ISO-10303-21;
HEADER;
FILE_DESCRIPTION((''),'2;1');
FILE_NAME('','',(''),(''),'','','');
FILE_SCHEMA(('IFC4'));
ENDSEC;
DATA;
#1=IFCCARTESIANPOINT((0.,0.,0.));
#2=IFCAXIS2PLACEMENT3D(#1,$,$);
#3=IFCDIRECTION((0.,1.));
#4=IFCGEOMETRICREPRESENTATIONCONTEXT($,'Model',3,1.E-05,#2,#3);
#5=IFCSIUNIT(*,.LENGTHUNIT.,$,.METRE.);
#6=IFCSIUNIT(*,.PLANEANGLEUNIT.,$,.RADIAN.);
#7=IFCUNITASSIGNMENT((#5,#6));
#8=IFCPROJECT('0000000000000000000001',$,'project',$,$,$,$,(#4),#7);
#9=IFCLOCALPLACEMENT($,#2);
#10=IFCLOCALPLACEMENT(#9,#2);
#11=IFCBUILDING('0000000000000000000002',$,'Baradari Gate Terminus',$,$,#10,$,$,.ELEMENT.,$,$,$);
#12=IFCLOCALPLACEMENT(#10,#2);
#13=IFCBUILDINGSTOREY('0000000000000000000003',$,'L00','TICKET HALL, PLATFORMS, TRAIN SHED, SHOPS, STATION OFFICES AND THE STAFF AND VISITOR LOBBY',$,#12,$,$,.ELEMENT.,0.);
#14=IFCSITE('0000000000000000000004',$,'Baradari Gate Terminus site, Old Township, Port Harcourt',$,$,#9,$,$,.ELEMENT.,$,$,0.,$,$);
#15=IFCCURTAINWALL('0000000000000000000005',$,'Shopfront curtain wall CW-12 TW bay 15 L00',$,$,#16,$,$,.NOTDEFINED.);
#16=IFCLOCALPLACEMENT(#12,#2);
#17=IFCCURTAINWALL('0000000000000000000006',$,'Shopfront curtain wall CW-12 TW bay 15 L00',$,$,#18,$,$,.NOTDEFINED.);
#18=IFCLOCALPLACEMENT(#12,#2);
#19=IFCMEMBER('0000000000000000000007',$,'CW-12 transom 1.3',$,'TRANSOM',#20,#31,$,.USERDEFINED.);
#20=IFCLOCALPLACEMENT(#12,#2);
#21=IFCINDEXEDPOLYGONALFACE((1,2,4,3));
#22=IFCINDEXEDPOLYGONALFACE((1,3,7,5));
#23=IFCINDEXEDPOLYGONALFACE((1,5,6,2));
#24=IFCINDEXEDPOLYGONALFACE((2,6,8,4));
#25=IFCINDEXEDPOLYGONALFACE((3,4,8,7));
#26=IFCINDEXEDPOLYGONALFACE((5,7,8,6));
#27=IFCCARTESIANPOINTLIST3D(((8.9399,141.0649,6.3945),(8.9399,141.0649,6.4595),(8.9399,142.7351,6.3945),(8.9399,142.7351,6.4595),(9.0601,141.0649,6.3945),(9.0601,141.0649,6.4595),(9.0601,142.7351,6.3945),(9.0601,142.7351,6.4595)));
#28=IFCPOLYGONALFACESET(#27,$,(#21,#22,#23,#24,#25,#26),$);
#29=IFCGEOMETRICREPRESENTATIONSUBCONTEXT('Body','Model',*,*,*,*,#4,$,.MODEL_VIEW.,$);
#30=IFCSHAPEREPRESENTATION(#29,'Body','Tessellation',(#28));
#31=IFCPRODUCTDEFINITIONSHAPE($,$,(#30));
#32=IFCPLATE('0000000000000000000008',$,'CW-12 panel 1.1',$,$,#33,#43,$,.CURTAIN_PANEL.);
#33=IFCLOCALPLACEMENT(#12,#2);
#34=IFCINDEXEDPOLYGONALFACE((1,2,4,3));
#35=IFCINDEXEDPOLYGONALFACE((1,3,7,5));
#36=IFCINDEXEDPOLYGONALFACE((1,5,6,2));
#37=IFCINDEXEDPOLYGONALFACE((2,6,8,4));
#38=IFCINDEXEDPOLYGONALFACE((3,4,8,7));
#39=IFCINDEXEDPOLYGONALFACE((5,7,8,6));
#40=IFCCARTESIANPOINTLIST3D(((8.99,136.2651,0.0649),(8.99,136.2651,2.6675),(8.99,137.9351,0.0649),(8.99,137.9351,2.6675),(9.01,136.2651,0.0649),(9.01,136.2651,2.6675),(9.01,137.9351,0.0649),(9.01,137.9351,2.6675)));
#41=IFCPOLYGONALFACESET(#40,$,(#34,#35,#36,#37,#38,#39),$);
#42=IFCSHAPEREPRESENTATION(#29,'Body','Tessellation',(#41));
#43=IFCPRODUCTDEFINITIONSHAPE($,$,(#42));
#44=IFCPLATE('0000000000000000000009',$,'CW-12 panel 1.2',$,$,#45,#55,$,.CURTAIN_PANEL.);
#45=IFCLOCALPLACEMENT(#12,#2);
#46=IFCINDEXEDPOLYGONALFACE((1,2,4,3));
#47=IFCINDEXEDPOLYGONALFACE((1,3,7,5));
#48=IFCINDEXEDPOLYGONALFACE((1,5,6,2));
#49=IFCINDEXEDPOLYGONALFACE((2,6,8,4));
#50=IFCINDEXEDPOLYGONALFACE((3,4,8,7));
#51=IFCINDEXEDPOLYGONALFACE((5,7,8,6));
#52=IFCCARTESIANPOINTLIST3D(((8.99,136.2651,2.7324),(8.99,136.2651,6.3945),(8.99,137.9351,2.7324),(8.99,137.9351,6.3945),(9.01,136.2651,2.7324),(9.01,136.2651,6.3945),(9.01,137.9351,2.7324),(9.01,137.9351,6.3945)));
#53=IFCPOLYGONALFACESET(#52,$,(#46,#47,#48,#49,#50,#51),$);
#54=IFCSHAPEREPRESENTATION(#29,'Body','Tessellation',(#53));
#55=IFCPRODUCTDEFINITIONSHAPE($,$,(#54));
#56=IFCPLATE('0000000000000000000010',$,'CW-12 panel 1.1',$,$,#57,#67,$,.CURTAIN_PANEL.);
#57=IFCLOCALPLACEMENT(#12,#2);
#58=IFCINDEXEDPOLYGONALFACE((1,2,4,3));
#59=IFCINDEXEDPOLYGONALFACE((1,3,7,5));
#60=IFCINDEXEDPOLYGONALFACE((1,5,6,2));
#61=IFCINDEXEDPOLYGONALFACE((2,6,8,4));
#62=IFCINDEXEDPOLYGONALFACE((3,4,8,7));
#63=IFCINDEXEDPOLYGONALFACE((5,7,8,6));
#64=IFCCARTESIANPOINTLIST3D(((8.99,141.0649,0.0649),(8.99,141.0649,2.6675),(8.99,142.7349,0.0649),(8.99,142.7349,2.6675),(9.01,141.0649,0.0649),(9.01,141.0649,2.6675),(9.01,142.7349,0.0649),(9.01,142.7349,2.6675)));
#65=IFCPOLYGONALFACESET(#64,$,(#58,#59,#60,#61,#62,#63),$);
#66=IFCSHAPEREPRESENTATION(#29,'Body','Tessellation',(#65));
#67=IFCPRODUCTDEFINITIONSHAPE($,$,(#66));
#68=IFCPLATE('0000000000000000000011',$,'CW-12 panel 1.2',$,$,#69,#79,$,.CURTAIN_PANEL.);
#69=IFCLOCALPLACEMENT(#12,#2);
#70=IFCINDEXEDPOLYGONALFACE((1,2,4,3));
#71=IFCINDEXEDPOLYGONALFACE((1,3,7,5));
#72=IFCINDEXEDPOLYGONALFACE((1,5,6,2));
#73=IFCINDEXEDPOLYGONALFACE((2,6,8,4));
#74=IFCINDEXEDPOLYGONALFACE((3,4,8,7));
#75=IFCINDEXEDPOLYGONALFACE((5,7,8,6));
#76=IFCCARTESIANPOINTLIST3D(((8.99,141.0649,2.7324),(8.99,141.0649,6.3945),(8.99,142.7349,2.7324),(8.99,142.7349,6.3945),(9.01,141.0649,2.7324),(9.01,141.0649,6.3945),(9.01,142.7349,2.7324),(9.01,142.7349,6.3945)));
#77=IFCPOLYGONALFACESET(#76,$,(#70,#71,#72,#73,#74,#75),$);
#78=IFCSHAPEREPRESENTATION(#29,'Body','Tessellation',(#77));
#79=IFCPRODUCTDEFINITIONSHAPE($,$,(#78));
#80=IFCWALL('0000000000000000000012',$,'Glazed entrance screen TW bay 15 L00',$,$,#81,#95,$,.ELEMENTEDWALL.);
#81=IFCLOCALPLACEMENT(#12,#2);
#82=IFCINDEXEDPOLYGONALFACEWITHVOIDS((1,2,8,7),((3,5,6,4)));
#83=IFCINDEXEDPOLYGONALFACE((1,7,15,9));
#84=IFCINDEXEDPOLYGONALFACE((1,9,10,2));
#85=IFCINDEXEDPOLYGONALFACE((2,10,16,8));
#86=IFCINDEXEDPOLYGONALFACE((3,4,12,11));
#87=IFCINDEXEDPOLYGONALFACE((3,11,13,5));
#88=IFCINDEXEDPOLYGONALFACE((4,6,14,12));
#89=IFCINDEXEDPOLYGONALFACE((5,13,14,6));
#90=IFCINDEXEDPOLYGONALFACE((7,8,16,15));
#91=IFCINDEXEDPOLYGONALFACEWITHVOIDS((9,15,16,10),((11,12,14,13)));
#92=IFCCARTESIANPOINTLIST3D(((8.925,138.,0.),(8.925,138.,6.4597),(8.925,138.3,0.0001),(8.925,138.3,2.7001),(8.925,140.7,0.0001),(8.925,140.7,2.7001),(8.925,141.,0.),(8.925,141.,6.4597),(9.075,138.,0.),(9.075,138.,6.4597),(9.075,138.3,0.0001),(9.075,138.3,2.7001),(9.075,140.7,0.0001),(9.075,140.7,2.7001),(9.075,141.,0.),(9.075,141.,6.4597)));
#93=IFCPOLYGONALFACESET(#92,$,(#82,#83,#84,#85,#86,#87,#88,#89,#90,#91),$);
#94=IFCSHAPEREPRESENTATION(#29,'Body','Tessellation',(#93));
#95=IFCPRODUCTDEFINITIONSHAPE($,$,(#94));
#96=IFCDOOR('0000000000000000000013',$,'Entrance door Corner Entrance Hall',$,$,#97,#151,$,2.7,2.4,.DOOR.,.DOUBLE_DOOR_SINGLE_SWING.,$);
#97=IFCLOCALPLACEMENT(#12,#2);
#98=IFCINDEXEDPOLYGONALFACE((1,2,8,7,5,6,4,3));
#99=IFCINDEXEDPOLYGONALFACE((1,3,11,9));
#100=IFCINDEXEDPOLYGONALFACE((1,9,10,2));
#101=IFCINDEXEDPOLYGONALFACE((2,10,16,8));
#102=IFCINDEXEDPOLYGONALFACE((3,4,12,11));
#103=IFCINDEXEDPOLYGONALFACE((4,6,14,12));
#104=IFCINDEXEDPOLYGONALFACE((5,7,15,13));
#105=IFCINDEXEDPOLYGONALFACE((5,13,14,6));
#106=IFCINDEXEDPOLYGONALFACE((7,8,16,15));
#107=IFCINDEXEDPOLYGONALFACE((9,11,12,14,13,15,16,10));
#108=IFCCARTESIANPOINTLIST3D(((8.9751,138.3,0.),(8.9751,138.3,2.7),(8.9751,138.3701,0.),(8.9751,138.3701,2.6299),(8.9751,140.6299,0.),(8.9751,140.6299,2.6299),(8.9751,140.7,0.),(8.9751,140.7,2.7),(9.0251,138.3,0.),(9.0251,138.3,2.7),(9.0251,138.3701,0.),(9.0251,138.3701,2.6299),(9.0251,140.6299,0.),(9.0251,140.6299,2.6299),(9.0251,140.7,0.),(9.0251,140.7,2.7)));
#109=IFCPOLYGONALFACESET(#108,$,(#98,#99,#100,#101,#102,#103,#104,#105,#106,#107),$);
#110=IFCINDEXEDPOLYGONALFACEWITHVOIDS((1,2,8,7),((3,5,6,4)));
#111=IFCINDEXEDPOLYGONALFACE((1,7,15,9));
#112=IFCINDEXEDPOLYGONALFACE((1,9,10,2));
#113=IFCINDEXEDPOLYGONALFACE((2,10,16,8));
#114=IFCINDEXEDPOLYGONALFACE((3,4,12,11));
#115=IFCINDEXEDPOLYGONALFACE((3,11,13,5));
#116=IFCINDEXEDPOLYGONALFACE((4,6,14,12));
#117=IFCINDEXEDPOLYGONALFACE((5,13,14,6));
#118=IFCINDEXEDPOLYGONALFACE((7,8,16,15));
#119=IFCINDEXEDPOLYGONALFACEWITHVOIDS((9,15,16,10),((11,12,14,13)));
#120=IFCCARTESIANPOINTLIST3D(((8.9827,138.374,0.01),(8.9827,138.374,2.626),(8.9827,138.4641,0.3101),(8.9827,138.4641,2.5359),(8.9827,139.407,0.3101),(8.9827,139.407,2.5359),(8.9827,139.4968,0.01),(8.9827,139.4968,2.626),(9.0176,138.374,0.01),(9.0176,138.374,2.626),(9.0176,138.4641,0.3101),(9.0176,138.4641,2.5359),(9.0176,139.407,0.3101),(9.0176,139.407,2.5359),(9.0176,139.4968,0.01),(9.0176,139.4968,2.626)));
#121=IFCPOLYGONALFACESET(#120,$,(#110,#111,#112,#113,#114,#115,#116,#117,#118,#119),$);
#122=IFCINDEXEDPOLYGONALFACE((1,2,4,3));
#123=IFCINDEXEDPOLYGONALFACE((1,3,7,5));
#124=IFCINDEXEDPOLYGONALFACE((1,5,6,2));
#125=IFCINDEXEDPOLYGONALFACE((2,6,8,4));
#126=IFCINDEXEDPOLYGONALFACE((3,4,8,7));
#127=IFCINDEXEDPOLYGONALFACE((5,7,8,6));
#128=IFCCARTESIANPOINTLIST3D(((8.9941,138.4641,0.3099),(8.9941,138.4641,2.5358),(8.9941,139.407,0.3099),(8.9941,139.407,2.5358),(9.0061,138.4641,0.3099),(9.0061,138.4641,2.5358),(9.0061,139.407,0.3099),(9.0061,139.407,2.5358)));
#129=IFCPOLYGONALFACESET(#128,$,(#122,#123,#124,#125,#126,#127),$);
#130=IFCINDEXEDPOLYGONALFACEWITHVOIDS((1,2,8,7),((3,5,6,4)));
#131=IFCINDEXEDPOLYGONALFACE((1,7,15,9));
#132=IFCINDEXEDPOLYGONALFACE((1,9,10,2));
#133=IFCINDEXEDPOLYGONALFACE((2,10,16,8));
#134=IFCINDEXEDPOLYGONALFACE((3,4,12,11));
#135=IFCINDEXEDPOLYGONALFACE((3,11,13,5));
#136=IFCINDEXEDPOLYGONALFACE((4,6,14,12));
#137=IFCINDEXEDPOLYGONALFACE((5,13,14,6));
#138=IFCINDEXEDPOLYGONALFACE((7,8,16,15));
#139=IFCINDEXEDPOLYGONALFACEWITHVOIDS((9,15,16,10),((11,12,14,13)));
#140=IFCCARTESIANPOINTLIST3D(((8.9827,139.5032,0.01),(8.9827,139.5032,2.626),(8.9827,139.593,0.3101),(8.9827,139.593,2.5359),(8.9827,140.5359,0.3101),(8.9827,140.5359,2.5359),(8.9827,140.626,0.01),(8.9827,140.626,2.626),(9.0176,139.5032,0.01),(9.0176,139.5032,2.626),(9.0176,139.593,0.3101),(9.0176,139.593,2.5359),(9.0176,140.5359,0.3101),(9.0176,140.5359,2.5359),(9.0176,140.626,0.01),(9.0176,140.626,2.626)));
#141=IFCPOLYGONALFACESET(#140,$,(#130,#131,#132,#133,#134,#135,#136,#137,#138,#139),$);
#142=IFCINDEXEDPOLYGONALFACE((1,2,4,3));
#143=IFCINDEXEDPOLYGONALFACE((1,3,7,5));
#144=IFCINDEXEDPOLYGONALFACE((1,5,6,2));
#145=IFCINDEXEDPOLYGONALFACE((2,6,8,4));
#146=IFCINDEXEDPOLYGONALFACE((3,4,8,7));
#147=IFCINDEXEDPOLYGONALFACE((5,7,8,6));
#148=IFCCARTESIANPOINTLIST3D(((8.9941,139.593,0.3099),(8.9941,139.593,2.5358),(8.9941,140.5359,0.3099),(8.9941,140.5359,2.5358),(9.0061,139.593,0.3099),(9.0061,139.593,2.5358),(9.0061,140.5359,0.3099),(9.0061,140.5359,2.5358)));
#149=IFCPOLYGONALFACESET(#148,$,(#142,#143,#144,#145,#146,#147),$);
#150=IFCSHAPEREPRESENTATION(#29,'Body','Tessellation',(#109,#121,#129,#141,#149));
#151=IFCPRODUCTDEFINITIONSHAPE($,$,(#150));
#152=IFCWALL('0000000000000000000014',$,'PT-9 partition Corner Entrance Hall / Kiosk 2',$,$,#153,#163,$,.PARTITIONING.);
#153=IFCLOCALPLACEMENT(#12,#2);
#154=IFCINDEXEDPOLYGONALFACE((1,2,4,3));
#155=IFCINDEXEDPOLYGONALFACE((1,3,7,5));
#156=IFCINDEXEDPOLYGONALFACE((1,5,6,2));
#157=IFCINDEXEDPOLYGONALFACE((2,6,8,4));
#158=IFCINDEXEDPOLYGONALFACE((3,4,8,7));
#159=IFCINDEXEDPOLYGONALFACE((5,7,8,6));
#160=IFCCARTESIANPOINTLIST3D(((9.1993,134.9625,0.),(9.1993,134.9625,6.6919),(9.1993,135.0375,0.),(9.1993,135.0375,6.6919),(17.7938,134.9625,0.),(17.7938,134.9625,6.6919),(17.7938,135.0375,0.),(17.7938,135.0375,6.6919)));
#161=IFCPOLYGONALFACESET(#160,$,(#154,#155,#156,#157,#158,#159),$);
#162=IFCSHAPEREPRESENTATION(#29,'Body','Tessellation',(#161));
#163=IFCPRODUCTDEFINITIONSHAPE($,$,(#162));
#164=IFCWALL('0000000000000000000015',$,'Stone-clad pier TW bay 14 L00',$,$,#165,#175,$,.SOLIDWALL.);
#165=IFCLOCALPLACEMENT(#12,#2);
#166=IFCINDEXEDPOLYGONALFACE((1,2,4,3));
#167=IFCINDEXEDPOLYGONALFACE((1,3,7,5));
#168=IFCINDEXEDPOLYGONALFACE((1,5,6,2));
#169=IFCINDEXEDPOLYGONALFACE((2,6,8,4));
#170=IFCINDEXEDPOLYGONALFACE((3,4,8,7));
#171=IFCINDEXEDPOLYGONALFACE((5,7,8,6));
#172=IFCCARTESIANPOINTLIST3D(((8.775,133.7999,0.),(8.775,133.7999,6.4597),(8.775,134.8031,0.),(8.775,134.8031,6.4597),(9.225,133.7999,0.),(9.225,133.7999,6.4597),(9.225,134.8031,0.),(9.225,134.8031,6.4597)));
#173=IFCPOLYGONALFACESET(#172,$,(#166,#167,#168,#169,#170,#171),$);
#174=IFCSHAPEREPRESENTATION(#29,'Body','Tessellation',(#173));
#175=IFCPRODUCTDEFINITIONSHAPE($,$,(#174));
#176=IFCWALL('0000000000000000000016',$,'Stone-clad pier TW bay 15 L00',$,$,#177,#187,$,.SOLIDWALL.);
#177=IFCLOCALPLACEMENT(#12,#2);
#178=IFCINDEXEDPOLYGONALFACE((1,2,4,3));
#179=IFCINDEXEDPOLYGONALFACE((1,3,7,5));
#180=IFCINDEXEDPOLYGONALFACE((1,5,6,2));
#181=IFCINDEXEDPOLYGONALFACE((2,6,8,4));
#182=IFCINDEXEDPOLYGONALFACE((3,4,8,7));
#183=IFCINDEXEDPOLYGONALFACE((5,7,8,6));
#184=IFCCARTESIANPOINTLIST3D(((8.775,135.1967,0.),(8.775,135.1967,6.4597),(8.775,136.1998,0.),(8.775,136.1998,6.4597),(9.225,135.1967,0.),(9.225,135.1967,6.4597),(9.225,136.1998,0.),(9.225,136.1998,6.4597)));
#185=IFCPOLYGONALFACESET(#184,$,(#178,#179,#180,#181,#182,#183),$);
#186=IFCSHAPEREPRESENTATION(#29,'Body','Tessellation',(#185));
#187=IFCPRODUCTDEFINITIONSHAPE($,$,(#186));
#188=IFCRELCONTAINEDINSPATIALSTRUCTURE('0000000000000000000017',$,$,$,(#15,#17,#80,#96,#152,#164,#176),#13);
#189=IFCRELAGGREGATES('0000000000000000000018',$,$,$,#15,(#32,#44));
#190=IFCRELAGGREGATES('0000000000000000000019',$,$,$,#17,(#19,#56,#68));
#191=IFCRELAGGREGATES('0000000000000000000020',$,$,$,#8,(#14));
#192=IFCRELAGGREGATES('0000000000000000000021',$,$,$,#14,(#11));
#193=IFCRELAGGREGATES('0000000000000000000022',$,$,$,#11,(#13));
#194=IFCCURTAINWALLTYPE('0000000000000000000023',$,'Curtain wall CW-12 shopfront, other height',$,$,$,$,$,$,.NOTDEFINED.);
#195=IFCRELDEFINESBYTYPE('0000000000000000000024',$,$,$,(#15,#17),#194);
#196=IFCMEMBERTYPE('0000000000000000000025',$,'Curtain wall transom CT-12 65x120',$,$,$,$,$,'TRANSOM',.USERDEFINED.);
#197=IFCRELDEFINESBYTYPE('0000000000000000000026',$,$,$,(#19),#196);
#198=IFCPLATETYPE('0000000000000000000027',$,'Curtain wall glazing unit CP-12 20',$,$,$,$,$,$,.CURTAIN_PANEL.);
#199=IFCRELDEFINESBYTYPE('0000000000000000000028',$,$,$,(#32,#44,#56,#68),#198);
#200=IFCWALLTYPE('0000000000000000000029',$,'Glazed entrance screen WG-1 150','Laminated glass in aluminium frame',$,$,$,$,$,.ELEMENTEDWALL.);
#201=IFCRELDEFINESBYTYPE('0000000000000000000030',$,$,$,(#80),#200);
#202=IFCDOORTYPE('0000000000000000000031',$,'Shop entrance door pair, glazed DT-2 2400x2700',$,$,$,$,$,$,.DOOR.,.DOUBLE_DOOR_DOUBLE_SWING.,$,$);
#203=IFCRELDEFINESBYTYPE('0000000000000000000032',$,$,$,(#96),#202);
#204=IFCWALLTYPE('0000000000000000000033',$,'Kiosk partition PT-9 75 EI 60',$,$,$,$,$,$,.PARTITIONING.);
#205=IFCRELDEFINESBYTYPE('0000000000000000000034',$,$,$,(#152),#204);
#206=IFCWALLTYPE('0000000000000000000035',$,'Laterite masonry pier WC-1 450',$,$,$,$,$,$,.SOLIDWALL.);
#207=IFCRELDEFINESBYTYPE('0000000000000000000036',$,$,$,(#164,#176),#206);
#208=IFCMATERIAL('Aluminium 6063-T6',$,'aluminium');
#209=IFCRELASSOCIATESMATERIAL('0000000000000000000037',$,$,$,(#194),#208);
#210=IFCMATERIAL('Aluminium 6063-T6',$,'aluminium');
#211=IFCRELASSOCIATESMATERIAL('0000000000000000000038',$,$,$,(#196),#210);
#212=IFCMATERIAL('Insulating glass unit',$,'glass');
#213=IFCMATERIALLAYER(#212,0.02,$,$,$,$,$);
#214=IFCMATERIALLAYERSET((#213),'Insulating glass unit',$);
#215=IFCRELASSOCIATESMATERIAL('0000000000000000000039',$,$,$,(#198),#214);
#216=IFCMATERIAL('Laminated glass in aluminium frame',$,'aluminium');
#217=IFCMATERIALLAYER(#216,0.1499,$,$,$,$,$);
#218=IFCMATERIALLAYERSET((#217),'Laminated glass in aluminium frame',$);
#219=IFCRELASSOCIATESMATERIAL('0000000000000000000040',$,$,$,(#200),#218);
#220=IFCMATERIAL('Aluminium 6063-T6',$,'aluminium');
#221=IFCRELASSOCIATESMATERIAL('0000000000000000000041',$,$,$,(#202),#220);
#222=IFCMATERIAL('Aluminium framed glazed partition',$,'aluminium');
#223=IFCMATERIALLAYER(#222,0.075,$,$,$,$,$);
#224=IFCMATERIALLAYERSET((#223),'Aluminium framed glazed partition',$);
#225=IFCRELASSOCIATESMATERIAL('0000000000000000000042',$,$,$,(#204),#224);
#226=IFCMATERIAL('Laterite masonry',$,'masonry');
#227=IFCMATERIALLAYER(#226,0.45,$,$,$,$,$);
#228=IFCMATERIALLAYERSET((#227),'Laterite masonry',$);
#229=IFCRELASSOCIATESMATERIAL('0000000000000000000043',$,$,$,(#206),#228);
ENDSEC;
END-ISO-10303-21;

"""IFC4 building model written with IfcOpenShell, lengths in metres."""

from ifc_helpers import new_model, si_unit, direction, frame, frame_2d, origin, origin_2d, place, context, subcontext, project, spatial, polyline, rectangle, outline, extrude, material, layer, layer_set, material_profile, profile_set, type_object, element, fill, aggregate, save


model = new_model("IFC4")

# Units and contexts
model_context = context("Model", 3, precision=1e-05, world=origin(), true_north=direction((0.0, 1.0)))
body_context = subcontext(model_context, "Body", "Model", "MODEL_VIEW")
ifc_project = project(units=[si_unit("LENGTHUNIT", "METRE"), si_unit("PLANEANGLEUNIT", "RADIAN")], contexts=[model_context])

# Site, building, storey
site_placement = place(None, origin())
site = spatial("IfcSite", under=ifc_project, at=site_placement, Name="Baradari Gate Terminus site, Old Township, Port Harcourt", CompositionType="ELEMENT", RefElevation=0.0)
building_placement = place(site_placement, origin())
building = spatial("IfcBuilding", under=site, at=building_placement, Name="Baradari Gate Terminus", CompositionType="ELEMENT")
storey_placement = place(building_placement, origin())
storey = spatial("IfcBuildingStorey", under=building, at=storey_placement, Name="L00", Description="TICKET HALL, PLATFORMS, TRAIN SHED, SHOPS, STATION OFFICES AND THE STAFF AND VISITOR LOBBY", CompositionType="ELEMENT", Elevation=0.0)

# Shared definitions
ifc_material_1 = material(Name="Aluminium 6063-T6", Category="aluminium")
curtain_wall_type = type_object("IfcCurtainWallType", Name="Curtain wall CW-12 shopfront, other height", PredefinedType="NOTDEFINED", material=ifc_material_1)

# Curtain walls
curtain_wall_1_placement = place(storey_placement, origin())
curtain_wall_1 = element("IfcCurtainWall", 1, at=curtain_wall_1_placement, inside=storey, type_object=curtain_wall_type, Name="Shopfront curtain wall CW-12 TW bay 15 L00", PredefinedType="NOTDEFINED")
curtain_wall_2_placement = place(storey_placement, origin())
curtain_wall_2 = element("IfcCurtainWall", 2, at=curtain_wall_2_placement, inside=storey, type_object=curtain_wall_type, Name="Shopfront curtain wall CW-12 TW bay 15 L00", PredefinedType="NOTDEFINED")

# Member
ifc_material_2 = material(Name="Aluminium 6063-T6", Category="aluminium")
ifc_material_profile_1 = material_profile(ifc_material_2, rectangle(XDim=0.1201, YDim=0.0649, at=origin_2d()), Name="CT-12 65X120")
ifc_profile_set_1 = profile_set([ifc_material_profile_1], Name="Aluminium 6063-T6")
member_type_1 = type_object("IfcMemberType", Name="Curtain wall transom CT-12 65x120", ElementType="TRANSOM", PredefinedType="USERDEFINED", material=ifc_profile_set_1)
member_1_placement = place(storey_placement, frame((9.0, 141.0649, 6.427), z_axis=(0.0, 1.0, 0.0), x_axis=(-1.0, 0.0, 0.0)))
member_1 = element("IfcMember", 3, at=member_1_placement, type_object=member_type_1, Name="CW-12 transom 1.3", ObjectType="TRANSOM", PredefinedType="USERDEFINED", context=body_context, shape_type="SweptSolid", body=[
    extrude(rectangle(XDim=0.1201, YDim=0.0649, at=origin_2d()), origin(), (0.0, 0.0, 1.0), 1.6702),
])

# Plates
ifc_material_3 = material(Name="Insulating glass unit", Category="glass")
ifc_layer_1 = layer(ifc_material_3, 0.02)
ifc_layer_set_1 = layer_set([ifc_layer_1], Name="Insulating glass unit")
plate_type = type_object("IfcPlateType", Name="Curtain wall glazing unit CP-12 20", PredefinedType="CURTAIN_PANEL", material=ifc_layer_set_1)
plate_1_placement = place(storey_placement, frame((9.0, 137.1001, 0.0649), z_axis=(0.0, 0.0, 1.0), x_axis=(0.0, 1.0, 0.0)))
plate_1 = element("IfcPlate", 4, at=plate_1_placement, type_object=plate_type, Name="CW-12 panel 1.1", PredefinedType="CURTAIN_PANEL", context=body_context, shape_type="SweptSolid", body=[
    extrude(rectangle(XDim=1.6699, YDim=0.02, at=origin_2d()), origin(), (0.0, 0.0, 1.0), 2.6025),
])
plate_2_placement = place(storey_placement, frame((9.0, 137.1001, 2.7324), z_axis=(0.0, 0.0, 1.0), x_axis=(0.0, 1.0, 0.0)))
plate_2 = element("IfcPlate", 5, at=plate_2_placement, type_object=plate_type, Name="CW-12 panel 1.2", PredefinedType="CURTAIN_PANEL", context=body_context, shape_type="SweptSolid", body=[
    extrude(rectangle(XDim=1.6699, YDim=0.02, at=origin_2d()), origin(), (0.0, 0.0, 1.0), 3.6621),
])
aggregate(curtain_wall_1, [plate_1, plate_2])
plate_3_placement = place(storey_placement, frame((9.0, 141.8999, 0.0649), z_axis=(0.0, 0.0, 1.0), x_axis=(0.0, 1.0, 0.0)))
plate_3 = element("IfcPlate", 6, at=plate_3_placement, type_object=plate_type, Name="CW-12 panel 1.1", PredefinedType="CURTAIN_PANEL", context=body_context, shape_type="SweptSolid", body=[
    extrude(rectangle(XDim=1.6699, YDim=0.02, at=origin_2d()), origin(), (0.0, 0.0, 1.0), 2.6025),
])
plate_4_placement = place(storey_placement, frame((9.0, 141.8999, 2.7324), z_axis=(0.0, 0.0, 1.0), x_axis=(0.0, 1.0, 0.0)))
plate_4 = element("IfcPlate", 7, at=plate_4_placement, type_object=plate_type, Name="CW-12 panel 1.2", PredefinedType="CURTAIN_PANEL", context=body_context, shape_type="SweptSolid", body=[
    extrude(rectangle(XDim=1.6699, YDim=0.02, at=origin_2d()), origin(), (0.0, 0.0, 1.0), 3.6621),
])
aggregate(curtain_wall_2, [member_1, plate_3, plate_4])

# Wall, opening, door
ifc_material_4 = material(Name="Laminated glass in aluminium frame", Category="aluminium")
ifc_layer_2 = layer(ifc_material_4, 0.1499)
ifc_layer_set_2 = layer_set([ifc_layer_2], Name="Laminated glass in aluminium frame")
wall_type_1 = type_object("IfcWallType", Name="Glazed entrance screen WG-1 150", Description="Laminated glass in aluminium frame", PredefinedType="ELEMENTEDWALL", material=ifc_layer_set_2)
wall_1_placement = place(storey_placement, frame((9.0, 138.0, 0.0), z_axis=(0.0, 0.0, 1.0), x_axis=(0.0, 1.0, 0.0)))
wall_1 = element("IfcWall", 8, at=wall_1_placement, inside=storey, type_object=wall_type_1, Name="Glazed entrance screen TW bay 15 L00", PredefinedType="ELEMENTEDWALL", context=body_context, shape_type="SweptSolid", body=[
    extrude(rectangle(XDim=3.0, YDim=0.1499, at=frame_2d((1.5, 0.0))), origin(), (0.0, 0.0, 1.0), 6.4597),
])
opening_placement = place(wall_1_placement, frame((0.3, 0.0, 0.0)))
opening = element("IfcOpeningElement", 9, at=opening_placement, cuts=wall_1, PredefinedType="OPENING", context=body_context, shape_type="SweptSolid", body=[
    extrude(rectangle(XDim=2.3999, YDim=2.7, at=frame_2d((1.2, 1.3501))), frame((0.0, 0.085, 0.0), z_axis=(0.0, -1.0, 0.0), x_axis=(1.0, 0.0, 0.0)), (0.0, 0.0, 1.0), 0.1699),
])
ifc_material_5 = material(Name="Aluminium 6063-T6", Category="aluminium")
door_type = type_object("IfcDoorType", Name="Shop entrance door pair, glazed DT-2 2400x2700", OperationType="DOUBLE_DOOR_DOUBLE_SWING", PredefinedType="DOOR", material=ifc_material_5)
door_placement = place(opening_placement, origin())
door = element("IfcDoor", 10, at=door_placement, inside=storey, type_object=door_type, Name="Entrance door Corner Entrance Hall", OperationType="DOUBLE_DOOR_SINGLE_SWING", OverallHeight=2.7, OverallWidth=2.4, PredefinedType="DOOR", context=body_context, shape_type="SweptSolid", body=[
    extrude(outline(polyline([(0.0, 0.0), (0.0701, 0.0), (0.0701, 2.6299), (2.3298, 2.6299), (2.3298, 0.0), (2.3999, 0.0), (2.3999, 2.7), (0.0, 2.7), (0.0, 0.0)])), frame((0.0, 0.0249, 0.0), z_axis=(0.0, -1.0, 0.0), x_axis=(1.0, 0.0, 0.0)), (0.0, 0.0, 1.0), 0.05),
    extrude(outline(polyline([(0.074, 0.01), (1.1968, 0.01), (1.1968, 2.626), (0.074, 2.626), (0.074, 0.01)]), holes=[polyline([(0.1641, 0.3101), (1.1069, 0.3101), (1.1069, 2.5359), (0.1641, 2.5359), (0.1641, 0.3101)])]), frame((0.0, 0.0173, 0.0), z_axis=(0.0, -1.0, 0.0), x_axis=(1.0, 0.0, 0.0)), (0.0, 0.0, 1.0), 0.0349),
    extrude(rectangle(XDim=0.9429, YDim=2.2258, at=frame_2d((0.6355, 1.4229))), frame((0.0, 0.0059, 0.0), z_axis=(0.0, -1.0, 0.0), x_axis=(1.0, 0.0, 0.0)), (0.0, 0.0, 1.0), 0.012),
    extrude(outline(polyline([(1.2031, 0.01), (2.3259, 0.01), (2.3259, 2.626), (1.2031, 2.626), (1.2031, 0.01)]), holes=[polyline([(1.293, 0.3101), (2.2358, 0.3101), (2.2358, 2.5359), (1.293, 2.5359), (1.293, 0.3101)])]), frame((0.0, 0.0173, 0.0), z_axis=(0.0, -1.0, 0.0), x_axis=(1.0, 0.0, 0.0)), (0.0, 0.0, 1.0), 0.0349),
    extrude(rectangle(XDim=0.9429, YDim=2.2258, at=frame_2d((1.7644, 1.4229))), frame((0.0, 0.0059, 0.0), z_axis=(0.0, -1.0, 0.0), x_axis=(1.0, 0.0, 0.0)), (0.0, 0.0, 1.0), 0.012),
])
fill(opening, door)

# Walls
ifc_material_6 = material(Name="Aluminium framed glazed partition", Category="aluminium")
ifc_layer_3 = layer(ifc_material_6, 0.075)
ifc_layer_set_3 = layer_set([ifc_layer_3], Name="Aluminium framed glazed partition")
wall_type_2 = type_object("IfcWallType", Name="Kiosk partition PT-9 75 EI 60", PredefinedType="PARTITIONING", material=ifc_layer_set_3)
wall_2_placement = place(storey_placement, frame((17.7939, 135.0, 0.0), z_axis=(0.0, 0.0, 1.0), x_axis=(-1.0, 0.0, 0.0)))
element("IfcWall", 11, at=wall_2_placement, inside=storey, type_object=wall_type_2, Name="PT-9 partition Corner Entrance Hall / Kiosk 2", PredefinedType="PARTITIONING", context=body_context, shape_type="SweptSolid", body=[
    extrude(rectangle(XDim=8.5945, YDim=0.075, at=frame_2d((4.2974, 0.0))), origin(), (0.0, 0.0, 1.0), 6.6919),
])
ifc_material_7 = material(Name="Laterite masonry", Category="masonry")
ifc_layer_4 = layer(ifc_material_7, 0.45)
ifc_layer_set_4 = layer_set([ifc_layer_4], Name="Laterite masonry")
wall_type_3 = type_object("IfcWallType", Name="Laterite masonry pier WC-1 450", PredefinedType="SOLIDWALL", material=ifc_layer_set_4)
for number, where, z_axis, x_axis, name in (
    (12, (9.0, 133.8, 0.0), (0.0, 0.0, 1.0), (0.0, 1.0, 0.0), "Stone-clad pier TW bay 14 L00"),
    (13, (9.0, 135.1968, 0.0), (0.0, 0.0, 1.0), (0.0, 1.0, 0.0), "Stone-clad pier TW bay 15 L00"),
):
    element("IfcWall", number, at=place(storey_placement, frame(where, z_axis=z_axis, x_axis=x_axis)), inside=storey, type_object=wall_type_3, Name=name, PredefinedType="SOLIDWALL", context=body_context, shape_type="SweptSolid", body=[
        extrude(rectangle(XDim=1.0032, YDim=0.45, at=frame_2d((0.5015, 0.0))), origin(), (0.0, 0.0, 1.0), 6.4597),
    ])

save(model, "model.ifc")
